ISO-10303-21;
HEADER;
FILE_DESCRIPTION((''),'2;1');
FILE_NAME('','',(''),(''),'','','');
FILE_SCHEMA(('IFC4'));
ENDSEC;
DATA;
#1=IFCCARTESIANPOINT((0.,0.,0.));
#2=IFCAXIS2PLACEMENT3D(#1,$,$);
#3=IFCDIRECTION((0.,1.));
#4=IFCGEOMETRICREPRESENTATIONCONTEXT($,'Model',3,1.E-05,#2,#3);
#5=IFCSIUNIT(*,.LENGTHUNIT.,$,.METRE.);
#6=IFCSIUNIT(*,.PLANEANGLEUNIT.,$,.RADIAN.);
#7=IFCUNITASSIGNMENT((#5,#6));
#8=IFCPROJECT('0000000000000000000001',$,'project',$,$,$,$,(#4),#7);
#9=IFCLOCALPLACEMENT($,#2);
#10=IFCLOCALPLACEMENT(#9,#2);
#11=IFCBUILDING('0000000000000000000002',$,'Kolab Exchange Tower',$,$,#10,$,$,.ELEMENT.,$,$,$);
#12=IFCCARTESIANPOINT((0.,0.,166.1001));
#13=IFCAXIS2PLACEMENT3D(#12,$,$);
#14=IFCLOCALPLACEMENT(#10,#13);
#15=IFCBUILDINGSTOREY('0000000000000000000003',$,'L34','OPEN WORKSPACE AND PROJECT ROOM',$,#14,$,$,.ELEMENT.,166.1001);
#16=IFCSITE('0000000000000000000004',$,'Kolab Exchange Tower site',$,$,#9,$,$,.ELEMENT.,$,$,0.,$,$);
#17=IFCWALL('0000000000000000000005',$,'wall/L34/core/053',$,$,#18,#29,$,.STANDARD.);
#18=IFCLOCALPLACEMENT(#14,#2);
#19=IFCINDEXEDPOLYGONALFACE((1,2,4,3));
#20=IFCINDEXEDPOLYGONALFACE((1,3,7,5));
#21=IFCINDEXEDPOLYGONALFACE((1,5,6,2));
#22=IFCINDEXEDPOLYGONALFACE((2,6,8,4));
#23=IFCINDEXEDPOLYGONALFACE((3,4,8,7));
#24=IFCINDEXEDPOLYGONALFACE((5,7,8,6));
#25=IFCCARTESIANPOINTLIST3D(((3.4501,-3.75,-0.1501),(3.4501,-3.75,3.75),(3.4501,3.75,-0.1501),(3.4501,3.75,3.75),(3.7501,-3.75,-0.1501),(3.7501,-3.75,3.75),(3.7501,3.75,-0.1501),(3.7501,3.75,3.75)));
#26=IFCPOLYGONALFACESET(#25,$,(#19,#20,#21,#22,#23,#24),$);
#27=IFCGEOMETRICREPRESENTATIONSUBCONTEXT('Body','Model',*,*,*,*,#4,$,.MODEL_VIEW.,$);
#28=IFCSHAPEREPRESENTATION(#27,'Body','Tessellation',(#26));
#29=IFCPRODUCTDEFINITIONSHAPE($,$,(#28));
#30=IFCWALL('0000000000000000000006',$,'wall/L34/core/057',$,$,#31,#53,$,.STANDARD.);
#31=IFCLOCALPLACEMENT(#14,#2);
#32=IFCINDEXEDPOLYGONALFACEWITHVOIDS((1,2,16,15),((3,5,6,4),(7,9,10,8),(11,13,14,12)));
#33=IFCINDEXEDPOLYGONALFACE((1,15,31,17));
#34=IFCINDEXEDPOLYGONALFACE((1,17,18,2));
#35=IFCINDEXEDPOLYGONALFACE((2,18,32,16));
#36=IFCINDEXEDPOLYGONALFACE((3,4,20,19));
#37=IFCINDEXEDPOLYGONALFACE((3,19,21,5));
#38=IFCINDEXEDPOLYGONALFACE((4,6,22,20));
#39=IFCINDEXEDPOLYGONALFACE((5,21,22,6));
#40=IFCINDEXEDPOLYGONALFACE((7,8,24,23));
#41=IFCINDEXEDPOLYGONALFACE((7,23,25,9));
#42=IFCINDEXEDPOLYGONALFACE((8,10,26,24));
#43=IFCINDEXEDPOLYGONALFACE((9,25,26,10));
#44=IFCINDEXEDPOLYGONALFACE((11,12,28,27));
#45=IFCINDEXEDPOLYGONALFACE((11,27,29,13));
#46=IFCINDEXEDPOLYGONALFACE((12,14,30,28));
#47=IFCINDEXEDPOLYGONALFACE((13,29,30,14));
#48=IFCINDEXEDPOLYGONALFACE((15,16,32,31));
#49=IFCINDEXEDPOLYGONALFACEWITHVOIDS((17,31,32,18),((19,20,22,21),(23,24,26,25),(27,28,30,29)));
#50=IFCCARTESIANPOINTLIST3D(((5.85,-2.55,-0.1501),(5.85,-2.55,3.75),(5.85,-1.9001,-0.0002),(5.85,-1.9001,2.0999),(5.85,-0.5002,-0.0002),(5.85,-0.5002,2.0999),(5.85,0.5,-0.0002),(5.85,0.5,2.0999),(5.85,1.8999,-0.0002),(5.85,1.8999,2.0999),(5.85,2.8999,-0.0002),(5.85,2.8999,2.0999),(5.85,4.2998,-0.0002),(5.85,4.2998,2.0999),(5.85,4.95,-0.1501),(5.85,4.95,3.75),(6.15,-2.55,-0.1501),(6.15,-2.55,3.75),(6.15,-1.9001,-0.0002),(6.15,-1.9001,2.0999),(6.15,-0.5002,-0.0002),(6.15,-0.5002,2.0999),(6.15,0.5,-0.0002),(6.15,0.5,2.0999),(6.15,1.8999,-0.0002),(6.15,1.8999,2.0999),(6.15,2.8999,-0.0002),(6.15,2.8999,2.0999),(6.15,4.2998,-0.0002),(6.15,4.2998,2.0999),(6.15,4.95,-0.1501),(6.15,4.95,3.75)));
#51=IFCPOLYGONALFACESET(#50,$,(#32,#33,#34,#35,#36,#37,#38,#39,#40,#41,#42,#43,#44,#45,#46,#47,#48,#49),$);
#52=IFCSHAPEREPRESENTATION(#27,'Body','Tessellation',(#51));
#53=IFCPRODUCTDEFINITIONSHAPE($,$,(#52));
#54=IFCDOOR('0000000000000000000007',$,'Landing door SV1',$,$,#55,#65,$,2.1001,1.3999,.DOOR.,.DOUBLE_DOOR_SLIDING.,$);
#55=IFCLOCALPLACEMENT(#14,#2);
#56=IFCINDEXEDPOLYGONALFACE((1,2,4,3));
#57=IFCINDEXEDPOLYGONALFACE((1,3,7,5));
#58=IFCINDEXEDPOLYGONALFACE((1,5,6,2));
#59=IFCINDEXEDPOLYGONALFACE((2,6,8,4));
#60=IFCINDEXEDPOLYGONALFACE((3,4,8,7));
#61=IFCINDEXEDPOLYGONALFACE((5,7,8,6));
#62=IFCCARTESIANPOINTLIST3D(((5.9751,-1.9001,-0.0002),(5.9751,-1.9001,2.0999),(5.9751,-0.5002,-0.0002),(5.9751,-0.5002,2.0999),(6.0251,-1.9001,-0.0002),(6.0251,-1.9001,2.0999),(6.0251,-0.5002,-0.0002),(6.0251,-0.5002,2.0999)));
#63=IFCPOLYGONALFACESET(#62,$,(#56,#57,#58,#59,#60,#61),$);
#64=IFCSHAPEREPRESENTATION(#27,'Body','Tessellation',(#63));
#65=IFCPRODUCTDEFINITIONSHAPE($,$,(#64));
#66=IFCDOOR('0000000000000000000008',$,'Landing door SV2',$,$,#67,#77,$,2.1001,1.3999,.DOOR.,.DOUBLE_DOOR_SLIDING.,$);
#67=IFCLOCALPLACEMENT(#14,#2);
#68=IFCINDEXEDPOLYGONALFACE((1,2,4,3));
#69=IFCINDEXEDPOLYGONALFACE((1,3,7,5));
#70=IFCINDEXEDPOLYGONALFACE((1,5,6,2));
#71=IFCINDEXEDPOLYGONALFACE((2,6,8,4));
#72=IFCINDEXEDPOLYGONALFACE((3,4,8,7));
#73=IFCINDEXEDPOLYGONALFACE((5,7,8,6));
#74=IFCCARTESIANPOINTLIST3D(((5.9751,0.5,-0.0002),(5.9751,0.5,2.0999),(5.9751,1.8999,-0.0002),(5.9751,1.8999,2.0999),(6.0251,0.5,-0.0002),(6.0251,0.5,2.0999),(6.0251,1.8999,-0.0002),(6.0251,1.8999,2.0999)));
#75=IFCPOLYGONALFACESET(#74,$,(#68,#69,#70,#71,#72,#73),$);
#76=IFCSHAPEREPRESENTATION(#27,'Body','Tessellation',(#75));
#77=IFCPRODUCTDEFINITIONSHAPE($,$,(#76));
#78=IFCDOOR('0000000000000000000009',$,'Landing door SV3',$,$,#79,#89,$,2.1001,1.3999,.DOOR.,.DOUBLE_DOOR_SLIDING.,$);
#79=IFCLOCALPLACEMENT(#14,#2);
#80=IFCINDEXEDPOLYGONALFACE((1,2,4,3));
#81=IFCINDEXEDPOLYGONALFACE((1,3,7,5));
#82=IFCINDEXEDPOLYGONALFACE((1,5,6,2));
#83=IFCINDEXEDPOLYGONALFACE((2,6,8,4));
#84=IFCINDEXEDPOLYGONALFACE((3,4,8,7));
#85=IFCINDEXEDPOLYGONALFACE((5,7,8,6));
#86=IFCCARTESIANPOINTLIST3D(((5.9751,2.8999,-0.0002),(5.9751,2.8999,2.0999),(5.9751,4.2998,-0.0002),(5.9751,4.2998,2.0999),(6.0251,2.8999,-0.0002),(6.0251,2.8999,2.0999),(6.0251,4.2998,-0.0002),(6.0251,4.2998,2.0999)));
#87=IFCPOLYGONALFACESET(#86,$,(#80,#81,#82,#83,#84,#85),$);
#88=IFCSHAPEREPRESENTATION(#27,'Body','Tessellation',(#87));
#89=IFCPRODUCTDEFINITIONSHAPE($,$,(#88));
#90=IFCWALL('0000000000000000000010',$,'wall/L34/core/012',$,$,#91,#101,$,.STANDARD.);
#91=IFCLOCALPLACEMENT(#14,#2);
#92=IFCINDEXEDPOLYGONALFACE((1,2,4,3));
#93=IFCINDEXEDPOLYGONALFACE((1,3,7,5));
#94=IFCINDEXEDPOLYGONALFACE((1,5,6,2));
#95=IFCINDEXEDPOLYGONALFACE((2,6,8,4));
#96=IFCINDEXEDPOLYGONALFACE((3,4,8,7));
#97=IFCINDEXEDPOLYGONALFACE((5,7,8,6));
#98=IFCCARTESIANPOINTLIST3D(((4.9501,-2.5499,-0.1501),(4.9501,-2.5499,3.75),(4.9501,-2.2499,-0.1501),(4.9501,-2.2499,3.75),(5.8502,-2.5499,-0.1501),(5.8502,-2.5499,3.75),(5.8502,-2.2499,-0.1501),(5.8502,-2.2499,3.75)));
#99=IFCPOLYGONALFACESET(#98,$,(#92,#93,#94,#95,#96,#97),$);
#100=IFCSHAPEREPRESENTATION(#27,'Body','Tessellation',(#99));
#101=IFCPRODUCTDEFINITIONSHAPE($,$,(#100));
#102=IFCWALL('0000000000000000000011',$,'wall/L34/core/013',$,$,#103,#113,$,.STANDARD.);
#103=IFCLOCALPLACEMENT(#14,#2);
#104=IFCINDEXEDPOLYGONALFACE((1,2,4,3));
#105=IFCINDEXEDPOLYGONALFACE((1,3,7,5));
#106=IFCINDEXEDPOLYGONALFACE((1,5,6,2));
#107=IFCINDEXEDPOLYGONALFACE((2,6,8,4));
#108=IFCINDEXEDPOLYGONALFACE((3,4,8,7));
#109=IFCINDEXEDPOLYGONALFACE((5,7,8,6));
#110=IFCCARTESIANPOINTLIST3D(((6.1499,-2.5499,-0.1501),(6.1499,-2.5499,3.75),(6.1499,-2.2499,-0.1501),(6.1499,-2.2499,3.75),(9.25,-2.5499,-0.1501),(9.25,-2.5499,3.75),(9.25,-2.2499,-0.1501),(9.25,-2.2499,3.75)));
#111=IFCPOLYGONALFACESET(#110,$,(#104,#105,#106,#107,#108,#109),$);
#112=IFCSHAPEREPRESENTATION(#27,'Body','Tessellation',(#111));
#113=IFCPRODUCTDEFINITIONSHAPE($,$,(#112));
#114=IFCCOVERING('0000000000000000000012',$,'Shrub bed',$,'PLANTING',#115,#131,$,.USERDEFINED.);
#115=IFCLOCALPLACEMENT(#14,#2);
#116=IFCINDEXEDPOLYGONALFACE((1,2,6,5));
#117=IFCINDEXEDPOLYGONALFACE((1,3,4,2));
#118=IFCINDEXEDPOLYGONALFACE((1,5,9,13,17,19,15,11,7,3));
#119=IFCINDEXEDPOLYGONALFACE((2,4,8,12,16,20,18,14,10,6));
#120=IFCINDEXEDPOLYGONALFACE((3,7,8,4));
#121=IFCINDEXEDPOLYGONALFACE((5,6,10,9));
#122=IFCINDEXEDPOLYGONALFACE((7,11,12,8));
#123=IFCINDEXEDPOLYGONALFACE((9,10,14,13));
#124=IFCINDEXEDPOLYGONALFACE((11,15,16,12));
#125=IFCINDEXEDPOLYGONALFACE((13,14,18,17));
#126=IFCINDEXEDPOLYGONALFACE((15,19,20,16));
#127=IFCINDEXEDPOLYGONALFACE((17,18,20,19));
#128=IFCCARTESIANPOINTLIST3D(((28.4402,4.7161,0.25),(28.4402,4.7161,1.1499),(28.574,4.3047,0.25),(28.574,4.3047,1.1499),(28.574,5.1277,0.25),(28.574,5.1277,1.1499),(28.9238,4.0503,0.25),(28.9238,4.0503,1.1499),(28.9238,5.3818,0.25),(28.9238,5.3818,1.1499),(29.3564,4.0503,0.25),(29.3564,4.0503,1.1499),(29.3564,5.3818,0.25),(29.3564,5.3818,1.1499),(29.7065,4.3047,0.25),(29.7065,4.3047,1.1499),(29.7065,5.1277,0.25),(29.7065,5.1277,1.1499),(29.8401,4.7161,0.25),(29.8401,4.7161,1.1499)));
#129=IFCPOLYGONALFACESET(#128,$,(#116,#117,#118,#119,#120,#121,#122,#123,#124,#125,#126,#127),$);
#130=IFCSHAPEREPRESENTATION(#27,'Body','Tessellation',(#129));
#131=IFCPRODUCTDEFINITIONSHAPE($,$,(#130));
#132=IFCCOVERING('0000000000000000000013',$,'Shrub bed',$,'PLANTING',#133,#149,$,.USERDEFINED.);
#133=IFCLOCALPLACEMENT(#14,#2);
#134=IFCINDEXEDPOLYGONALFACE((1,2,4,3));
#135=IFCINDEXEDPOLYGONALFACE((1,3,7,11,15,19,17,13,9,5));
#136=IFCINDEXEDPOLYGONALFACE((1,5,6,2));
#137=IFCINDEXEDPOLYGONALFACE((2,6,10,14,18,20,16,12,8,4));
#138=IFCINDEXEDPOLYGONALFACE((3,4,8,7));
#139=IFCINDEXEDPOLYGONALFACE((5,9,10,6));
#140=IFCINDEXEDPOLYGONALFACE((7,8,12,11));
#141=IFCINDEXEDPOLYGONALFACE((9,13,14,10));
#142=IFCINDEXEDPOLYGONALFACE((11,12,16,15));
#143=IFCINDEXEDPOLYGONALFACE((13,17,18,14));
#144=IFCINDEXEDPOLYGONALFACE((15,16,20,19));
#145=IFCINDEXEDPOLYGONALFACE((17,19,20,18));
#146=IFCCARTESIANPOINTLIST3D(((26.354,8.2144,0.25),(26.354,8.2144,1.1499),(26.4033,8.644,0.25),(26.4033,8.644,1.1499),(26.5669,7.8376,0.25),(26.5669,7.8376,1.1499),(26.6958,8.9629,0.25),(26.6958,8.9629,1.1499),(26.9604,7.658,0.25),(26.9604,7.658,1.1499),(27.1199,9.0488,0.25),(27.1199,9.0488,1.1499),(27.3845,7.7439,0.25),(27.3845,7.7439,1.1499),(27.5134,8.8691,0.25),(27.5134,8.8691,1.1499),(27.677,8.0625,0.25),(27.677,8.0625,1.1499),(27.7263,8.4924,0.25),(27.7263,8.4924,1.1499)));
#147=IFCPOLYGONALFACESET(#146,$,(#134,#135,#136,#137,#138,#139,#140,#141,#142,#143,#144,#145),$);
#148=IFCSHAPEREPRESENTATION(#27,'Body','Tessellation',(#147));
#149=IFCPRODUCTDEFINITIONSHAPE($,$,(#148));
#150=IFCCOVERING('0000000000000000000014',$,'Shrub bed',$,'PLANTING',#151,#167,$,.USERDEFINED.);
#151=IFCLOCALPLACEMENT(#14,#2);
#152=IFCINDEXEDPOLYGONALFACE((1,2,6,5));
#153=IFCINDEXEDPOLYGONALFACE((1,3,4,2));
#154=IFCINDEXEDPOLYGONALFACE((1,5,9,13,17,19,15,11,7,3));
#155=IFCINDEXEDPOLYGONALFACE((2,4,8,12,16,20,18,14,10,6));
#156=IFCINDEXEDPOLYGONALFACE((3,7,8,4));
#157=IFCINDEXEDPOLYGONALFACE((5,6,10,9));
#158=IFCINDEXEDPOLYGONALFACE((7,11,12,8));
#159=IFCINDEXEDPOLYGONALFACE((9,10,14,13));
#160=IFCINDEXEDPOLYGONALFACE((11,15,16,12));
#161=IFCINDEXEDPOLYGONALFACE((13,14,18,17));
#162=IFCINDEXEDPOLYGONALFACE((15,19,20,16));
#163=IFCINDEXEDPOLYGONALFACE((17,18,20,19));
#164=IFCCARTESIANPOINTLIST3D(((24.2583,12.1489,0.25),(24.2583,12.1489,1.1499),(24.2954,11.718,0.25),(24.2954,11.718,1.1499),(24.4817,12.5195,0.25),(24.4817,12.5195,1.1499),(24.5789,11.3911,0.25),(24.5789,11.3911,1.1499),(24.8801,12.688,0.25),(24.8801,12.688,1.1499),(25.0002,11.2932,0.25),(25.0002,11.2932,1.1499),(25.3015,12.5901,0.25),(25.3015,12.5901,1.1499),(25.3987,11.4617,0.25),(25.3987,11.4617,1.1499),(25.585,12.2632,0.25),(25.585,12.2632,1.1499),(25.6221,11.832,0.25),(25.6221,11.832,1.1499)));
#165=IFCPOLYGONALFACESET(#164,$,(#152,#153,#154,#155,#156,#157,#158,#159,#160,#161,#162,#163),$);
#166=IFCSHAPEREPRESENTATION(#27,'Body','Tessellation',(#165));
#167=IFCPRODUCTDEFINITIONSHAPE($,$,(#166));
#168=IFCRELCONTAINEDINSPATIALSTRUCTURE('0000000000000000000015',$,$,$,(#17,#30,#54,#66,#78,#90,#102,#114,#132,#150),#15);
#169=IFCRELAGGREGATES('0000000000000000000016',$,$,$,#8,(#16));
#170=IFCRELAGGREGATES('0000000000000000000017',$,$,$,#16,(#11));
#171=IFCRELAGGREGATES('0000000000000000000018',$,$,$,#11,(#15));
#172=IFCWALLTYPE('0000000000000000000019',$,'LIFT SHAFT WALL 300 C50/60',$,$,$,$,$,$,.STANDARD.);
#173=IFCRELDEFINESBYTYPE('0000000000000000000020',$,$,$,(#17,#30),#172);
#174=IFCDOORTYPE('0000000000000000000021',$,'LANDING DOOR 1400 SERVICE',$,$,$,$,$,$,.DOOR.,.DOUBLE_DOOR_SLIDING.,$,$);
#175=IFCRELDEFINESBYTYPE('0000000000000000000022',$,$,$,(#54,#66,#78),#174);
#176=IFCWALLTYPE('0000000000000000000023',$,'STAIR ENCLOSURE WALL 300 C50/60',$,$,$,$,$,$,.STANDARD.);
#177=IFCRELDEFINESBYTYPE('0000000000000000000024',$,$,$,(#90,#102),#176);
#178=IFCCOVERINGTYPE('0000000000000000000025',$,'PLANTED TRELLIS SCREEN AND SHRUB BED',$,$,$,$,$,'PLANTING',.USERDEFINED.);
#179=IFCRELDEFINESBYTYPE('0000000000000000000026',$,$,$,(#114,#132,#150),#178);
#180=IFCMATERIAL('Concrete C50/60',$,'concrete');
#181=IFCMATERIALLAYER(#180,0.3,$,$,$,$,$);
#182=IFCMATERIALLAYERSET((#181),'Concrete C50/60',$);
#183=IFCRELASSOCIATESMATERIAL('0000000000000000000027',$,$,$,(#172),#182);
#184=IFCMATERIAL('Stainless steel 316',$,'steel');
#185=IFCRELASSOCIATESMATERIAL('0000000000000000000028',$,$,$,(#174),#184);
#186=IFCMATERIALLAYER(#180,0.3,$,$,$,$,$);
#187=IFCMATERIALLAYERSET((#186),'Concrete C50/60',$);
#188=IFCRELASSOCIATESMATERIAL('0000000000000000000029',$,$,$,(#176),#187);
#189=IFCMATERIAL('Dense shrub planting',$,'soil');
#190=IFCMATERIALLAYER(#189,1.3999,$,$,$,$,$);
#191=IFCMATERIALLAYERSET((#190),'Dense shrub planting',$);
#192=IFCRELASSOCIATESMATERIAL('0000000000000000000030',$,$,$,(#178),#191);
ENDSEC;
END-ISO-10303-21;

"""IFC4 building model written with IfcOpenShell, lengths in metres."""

from ifc_helpers import new_model, si_unit, direction, frame, frame_2d, origin, place, context, subcontext, project, spatial, polyline, rectangle, outline, extrude, material, layer, layer_set, type_object, element, fill, save


model = new_model("IFC4")

# Units and contexts
model_context = context("Model", 3, precision=1e-05, world=origin(), true_north=direction((0.0, 1.0)))
body_context = subcontext(model_context, "Body", "Model", "MODEL_VIEW")
ifc_project = project(units=[si_unit("LENGTHUNIT", "METRE"), si_unit("PLANEANGLEUNIT", "RADIAN")], contexts=[model_context])

# Site, building, storey
site_placement = place(None, origin())
site = spatial("IfcSite", under=ifc_project, at=site_placement, Name="Kolab Exchange Tower site", CompositionType="ELEMENT", RefElevation=0.0)
building_placement = place(site_placement, origin())
building = spatial("IfcBuilding", under=site, at=building_placement, Name="Kolab Exchange Tower", CompositionType="ELEMENT")
storey_placement = place(building_placement, frame((0.0, 0.0, 166.1001)))
storey = spatial("IfcBuildingStorey", under=building, at=storey_placement, Name="L34", Description="OPEN WORKSPACE AND PROJECT ROOM", CompositionType="ELEMENT", Elevation=166.1001)

# Shared definitions
ifc_material_1 = material(Name="Concrete C50/60", Category="concrete")

# Shared definitions
ifc_layer_1 = layer(ifc_material_1, 0.3)
ifc_layer_set_1 = layer_set([ifc_layer_1], Name="Concrete C50/60")
wall_type_1 = type_object("IfcWallType", Name="LIFT SHAFT WALL 300 C50/60", PredefinedType="STANDARD", material=ifc_layer_set_1)
ifc_material_2 = material(Name="Stainless steel 316", Category="steel")

# Wall
wall_1_placement = place(storey_placement, frame((3.6001, -3.75, -0.1501), z_axis=(0.0, 0.0, 1.0), x_axis=(0.0, 1.0, 0.0)))
element("IfcWall", 1, at=wall_1_placement, inside=storey, type_object=wall_type_1, Name="wall/L34/core/053", PredefinedType="STANDARD", context=body_context, shape_type="SweptSolid", body=[
    extrude(rectangle(XDim=7.5, YDim=0.3, at=frame_2d((3.75, 0.0))), origin(), (0.0, 0.0, 1.0), 3.9001),
])

# Wall, openings, doors
wall_2_placement = place(storey_placement, frame((6.0, -2.55, -0.1501), z_axis=(0.0, 0.0, 1.0), x_axis=(0.0, 1.0, 0.0)))
wall_2 = element("IfcWall", 2, at=wall_2_placement, inside=storey, type_object=wall_type_1, Name="wall/L34/core/057", PredefinedType="STANDARD", context=body_context, shape_type="SweptSolid", body=[
    extrude(rectangle(XDim=7.5, YDim=0.3, at=frame_2d((3.75, 0.0))), origin(), (0.0, 0.0, 1.0), 3.9001),
])
opening_1_placement = place(wall_2_placement, frame((0.6499, 0.0, 0.1499)))
opening_1 = element("IfcOpeningElement", 3, at=opening_1_placement, cuts=wall_2, PredefinedType="OPENING", context=body_context, shape_type="SweptSolid", body=[
    extrude(rectangle(XDim=1.3999, YDim=2.1001, at=frame_2d((0.7, 1.05))), frame((0.0, 0.1602, 0.0), z_axis=(0.0, -1.0, 0.0), x_axis=(1.0, 0.0, 0.0)), (0.0, 0.0, 1.0), 0.3201),
])
opening_2_placement = place(wall_2_placement, frame((3.05, 0.0, 0.1499)))
opening_2 = element("IfcOpeningElement", 4, at=opening_2_placement, cuts=wall_2, PredefinedType="OPENING", context=body_context, shape_type="SweptSolid", body=[
    extrude(rectangle(XDim=1.3999, YDim=2.1001, at=frame_2d((0.7, 1.05))), frame((0.0, 0.1602, 0.0), z_axis=(0.0, -1.0, 0.0), x_axis=(1.0, 0.0, 0.0)), (0.0, 0.0, 1.0), 0.3201),
])
opening_3_placement = place(wall_2_placement, frame((5.45, 0.0, 0.1499)))
opening_3 = element("IfcOpeningElement", 5, at=opening_3_placement, cuts=wall_2, PredefinedType="OPENING", context=body_context, shape_type="SweptSolid", body=[
    extrude(rectangle(XDim=1.3999, YDim=2.1001, at=frame_2d((0.7, 1.05))), frame((0.0, 0.1602, 0.0), z_axis=(0.0, -1.0, 0.0), x_axis=(1.0, 0.0, 0.0)), (0.0, 0.0, 1.0), 0.3201),
])
door_type_1 = type_object("IfcDoorType", Name="LANDING DOOR 1400 SERVICE", OperationType="DOUBLE_DOOR_SLIDING", PredefinedType="DOOR", material=ifc_material_2)
door_1_placement = place(opening_1_placement, origin())
door_1 = element("IfcDoor", 6, at=door_1_placement, inside=storey, type_object=door_type_1, Name="Landing door SV1", OperationType="DOUBLE_DOOR_SLIDING", OverallHeight=2.1001, OverallWidth=1.3999, PredefinedType="DOOR", context=body_context, shape_type="SweptSolid", body=[
    extrude(rectangle(XDim=1.3999, YDim=2.1001, at=frame_2d((0.7, 1.05))), frame((0.0, 0.0249, 0.0), z_axis=(0.0, -1.0, 0.0), x_axis=(1.0, 0.0, 0.0)), (0.0, 0.0, 1.0), 0.05),
])
fill(opening_1, door_1)
door_2_placement = place(opening_2_placement, origin())
door_2 = element("IfcDoor", 7, at=door_2_placement, inside=storey, type_object=door_type_1, Name="Landing door SV2", OperationType="DOUBLE_DOOR_SLIDING", OverallHeight=2.1001, OverallWidth=1.3999, PredefinedType="DOOR", context=body_context, shape_type="SweptSolid", body=[
    extrude(rectangle(XDim=1.3999, YDim=2.1001, at=frame_2d((0.7, 1.05))), frame((0.0, 0.0249, 0.0), z_axis=(0.0, -1.0, 0.0), x_axis=(1.0, 0.0, 0.0)), (0.0, 0.0, 1.0), 0.05),
])
fill(opening_2, door_2)
door_3_placement = place(opening_3_placement, origin())
door_3 = element("IfcDoor", 8, at=door_3_placement, inside=storey, type_object=door_type_1, Name="Landing door SV3", OperationType="DOUBLE_DOOR_SLIDING", OverallHeight=2.1001, OverallWidth=1.3999, PredefinedType="DOOR", context=body_context, shape_type="SweptSolid", body=[
    extrude(rectangle(XDim=1.3999, YDim=2.1001, at=frame_2d((0.7, 1.05))), frame((0.0, 0.0249, 0.0), z_axis=(0.0, -1.0, 0.0), x_axis=(1.0, 0.0, 0.0)), (0.0, 0.0, 1.0), 0.05),
])
fill(opening_3, door_3)

# Walls
ifc_layer_2 = layer(ifc_material_1, 0.3)
ifc_layer_set_2 = layer_set([ifc_layer_2], Name="Concrete C50/60")
wall_type_2 = type_object("IfcWallType", Name="STAIR ENCLOSURE WALL 300 C50/60", PredefinedType="STANDARD", material=ifc_layer_set_2)
wall_3_placement = place(storey_placement, frame((4.95, -2.3999, -0.1501), z_axis=(0.0, 0.0, 1.0), x_axis=(1.0, 0.0, 0.0)))
element("IfcWall", 9, at=wall_3_placement, inside=storey, type_object=wall_type_2, Name="wall/L34/core/012", PredefinedType="STANDARD", context=body_context, shape_type="SweptSolid", body=[
    extrude(rectangle(XDim=0.9001, YDim=0.3, at=frame_2d((0.4502, 0.0))), origin(), (0.0, 0.0, 1.0), 3.9001),
])
wall_4_placement = place(storey_placement, frame((6.1499, -2.3999, -0.1501), z_axis=(0.0, 0.0, 1.0), x_axis=(1.0, 0.0, 0.0)))
element("IfcWall", 10, at=wall_4_placement, inside=storey, type_object=wall_type_2, Name="wall/L34/core/013", PredefinedType="STANDARD", context=body_context, shape_type="SweptSolid", body=[
    extrude(rectangle(XDim=3.1001, YDim=0.3, at=frame_2d((1.55, 0.0))), origin(), (0.0, 0.0, 1.0), 3.9001),
])

# Coverings
ifc_material_3 = material(Name="Dense shrub planting", Category="soil")
ifc_layer_3 = layer(ifc_material_3, 1.3999)
ifc_layer_set_3 = layer_set([ifc_layer_3], Name="Dense shrub planting")
covering_type_1 = type_object("IfcCoveringType", Name="PLANTED TRELLIS SCREEN AND SHRUB BED", ElementType="PLANTING", PredefinedType="USERDEFINED", material=ifc_layer_set_3)
covering_1_placement = place(storey_placement, frame((0.0, 0.0, 0.25)))
element("IfcCovering", 11, at=covering_1_placement, inside=storey, type_object=covering_type_1, Name="Shrub bed", ObjectType="PLANTING", PredefinedType="USERDEFINED", context=body_context, shape_type="SweptSolid", body=[
    extrude(outline(polyline([(29.8401, 4.7161), (29.7065, 5.1277), (29.3564, 5.3818), (28.9238, 5.3818), (28.574, 5.1277), (28.4402, 4.7161), (28.574, 4.3047), (28.9238, 4.0503), (29.3564, 4.0503), (29.7065, 4.3047), (29.8401, 4.7161)])), origin(), (0.0, 0.0, 1.0), 0.8999),
])
covering_2_placement = place(storey_placement, frame((0.0, 0.0, 0.25)))
element("IfcCovering", 12, at=covering_2_placement, inside=storey, type_object=covering_type_1, Name="Shrub bed", ObjectType="PLANTING", PredefinedType="USERDEFINED", context=body_context, shape_type="SweptSolid", body=[
    extrude(outline(polyline([(27.7263, 8.4924), (27.5134, 8.8691), (27.1199, 9.0488), (26.6958, 8.9629), (26.4033, 8.644), (26.354, 8.2144), (26.5669, 7.8376), (26.9604, 7.658), (27.3845, 7.7439), (27.677, 8.0625), (27.7263, 8.4924)])), origin(), (0.0, 0.0, 1.0), 0.8999),
])
covering_3_placement = place(storey_placement, frame((0.0, 0.0, 0.25)))
element("IfcCovering", 13, at=covering_3_placement, inside=storey, type_object=covering_type_1, Name="Shrub bed", ObjectType="PLANTING", PredefinedType="USERDEFINED", context=body_context, shape_type="SweptSolid", body=[
    extrude(outline(polyline([(25.585, 12.2632), (25.3015, 12.5901), (24.8801, 12.688), (24.4817, 12.5195), (24.2583, 12.1489), (24.2954, 11.718), (24.5789, 11.3911), (25.0002, 11.2932), (25.3987, 11.4617), (25.6221, 11.832), (25.585, 12.2632)])), origin(), (0.0, 0.0, 1.0), 0.8999),
])

save(model, "model.ifc")
